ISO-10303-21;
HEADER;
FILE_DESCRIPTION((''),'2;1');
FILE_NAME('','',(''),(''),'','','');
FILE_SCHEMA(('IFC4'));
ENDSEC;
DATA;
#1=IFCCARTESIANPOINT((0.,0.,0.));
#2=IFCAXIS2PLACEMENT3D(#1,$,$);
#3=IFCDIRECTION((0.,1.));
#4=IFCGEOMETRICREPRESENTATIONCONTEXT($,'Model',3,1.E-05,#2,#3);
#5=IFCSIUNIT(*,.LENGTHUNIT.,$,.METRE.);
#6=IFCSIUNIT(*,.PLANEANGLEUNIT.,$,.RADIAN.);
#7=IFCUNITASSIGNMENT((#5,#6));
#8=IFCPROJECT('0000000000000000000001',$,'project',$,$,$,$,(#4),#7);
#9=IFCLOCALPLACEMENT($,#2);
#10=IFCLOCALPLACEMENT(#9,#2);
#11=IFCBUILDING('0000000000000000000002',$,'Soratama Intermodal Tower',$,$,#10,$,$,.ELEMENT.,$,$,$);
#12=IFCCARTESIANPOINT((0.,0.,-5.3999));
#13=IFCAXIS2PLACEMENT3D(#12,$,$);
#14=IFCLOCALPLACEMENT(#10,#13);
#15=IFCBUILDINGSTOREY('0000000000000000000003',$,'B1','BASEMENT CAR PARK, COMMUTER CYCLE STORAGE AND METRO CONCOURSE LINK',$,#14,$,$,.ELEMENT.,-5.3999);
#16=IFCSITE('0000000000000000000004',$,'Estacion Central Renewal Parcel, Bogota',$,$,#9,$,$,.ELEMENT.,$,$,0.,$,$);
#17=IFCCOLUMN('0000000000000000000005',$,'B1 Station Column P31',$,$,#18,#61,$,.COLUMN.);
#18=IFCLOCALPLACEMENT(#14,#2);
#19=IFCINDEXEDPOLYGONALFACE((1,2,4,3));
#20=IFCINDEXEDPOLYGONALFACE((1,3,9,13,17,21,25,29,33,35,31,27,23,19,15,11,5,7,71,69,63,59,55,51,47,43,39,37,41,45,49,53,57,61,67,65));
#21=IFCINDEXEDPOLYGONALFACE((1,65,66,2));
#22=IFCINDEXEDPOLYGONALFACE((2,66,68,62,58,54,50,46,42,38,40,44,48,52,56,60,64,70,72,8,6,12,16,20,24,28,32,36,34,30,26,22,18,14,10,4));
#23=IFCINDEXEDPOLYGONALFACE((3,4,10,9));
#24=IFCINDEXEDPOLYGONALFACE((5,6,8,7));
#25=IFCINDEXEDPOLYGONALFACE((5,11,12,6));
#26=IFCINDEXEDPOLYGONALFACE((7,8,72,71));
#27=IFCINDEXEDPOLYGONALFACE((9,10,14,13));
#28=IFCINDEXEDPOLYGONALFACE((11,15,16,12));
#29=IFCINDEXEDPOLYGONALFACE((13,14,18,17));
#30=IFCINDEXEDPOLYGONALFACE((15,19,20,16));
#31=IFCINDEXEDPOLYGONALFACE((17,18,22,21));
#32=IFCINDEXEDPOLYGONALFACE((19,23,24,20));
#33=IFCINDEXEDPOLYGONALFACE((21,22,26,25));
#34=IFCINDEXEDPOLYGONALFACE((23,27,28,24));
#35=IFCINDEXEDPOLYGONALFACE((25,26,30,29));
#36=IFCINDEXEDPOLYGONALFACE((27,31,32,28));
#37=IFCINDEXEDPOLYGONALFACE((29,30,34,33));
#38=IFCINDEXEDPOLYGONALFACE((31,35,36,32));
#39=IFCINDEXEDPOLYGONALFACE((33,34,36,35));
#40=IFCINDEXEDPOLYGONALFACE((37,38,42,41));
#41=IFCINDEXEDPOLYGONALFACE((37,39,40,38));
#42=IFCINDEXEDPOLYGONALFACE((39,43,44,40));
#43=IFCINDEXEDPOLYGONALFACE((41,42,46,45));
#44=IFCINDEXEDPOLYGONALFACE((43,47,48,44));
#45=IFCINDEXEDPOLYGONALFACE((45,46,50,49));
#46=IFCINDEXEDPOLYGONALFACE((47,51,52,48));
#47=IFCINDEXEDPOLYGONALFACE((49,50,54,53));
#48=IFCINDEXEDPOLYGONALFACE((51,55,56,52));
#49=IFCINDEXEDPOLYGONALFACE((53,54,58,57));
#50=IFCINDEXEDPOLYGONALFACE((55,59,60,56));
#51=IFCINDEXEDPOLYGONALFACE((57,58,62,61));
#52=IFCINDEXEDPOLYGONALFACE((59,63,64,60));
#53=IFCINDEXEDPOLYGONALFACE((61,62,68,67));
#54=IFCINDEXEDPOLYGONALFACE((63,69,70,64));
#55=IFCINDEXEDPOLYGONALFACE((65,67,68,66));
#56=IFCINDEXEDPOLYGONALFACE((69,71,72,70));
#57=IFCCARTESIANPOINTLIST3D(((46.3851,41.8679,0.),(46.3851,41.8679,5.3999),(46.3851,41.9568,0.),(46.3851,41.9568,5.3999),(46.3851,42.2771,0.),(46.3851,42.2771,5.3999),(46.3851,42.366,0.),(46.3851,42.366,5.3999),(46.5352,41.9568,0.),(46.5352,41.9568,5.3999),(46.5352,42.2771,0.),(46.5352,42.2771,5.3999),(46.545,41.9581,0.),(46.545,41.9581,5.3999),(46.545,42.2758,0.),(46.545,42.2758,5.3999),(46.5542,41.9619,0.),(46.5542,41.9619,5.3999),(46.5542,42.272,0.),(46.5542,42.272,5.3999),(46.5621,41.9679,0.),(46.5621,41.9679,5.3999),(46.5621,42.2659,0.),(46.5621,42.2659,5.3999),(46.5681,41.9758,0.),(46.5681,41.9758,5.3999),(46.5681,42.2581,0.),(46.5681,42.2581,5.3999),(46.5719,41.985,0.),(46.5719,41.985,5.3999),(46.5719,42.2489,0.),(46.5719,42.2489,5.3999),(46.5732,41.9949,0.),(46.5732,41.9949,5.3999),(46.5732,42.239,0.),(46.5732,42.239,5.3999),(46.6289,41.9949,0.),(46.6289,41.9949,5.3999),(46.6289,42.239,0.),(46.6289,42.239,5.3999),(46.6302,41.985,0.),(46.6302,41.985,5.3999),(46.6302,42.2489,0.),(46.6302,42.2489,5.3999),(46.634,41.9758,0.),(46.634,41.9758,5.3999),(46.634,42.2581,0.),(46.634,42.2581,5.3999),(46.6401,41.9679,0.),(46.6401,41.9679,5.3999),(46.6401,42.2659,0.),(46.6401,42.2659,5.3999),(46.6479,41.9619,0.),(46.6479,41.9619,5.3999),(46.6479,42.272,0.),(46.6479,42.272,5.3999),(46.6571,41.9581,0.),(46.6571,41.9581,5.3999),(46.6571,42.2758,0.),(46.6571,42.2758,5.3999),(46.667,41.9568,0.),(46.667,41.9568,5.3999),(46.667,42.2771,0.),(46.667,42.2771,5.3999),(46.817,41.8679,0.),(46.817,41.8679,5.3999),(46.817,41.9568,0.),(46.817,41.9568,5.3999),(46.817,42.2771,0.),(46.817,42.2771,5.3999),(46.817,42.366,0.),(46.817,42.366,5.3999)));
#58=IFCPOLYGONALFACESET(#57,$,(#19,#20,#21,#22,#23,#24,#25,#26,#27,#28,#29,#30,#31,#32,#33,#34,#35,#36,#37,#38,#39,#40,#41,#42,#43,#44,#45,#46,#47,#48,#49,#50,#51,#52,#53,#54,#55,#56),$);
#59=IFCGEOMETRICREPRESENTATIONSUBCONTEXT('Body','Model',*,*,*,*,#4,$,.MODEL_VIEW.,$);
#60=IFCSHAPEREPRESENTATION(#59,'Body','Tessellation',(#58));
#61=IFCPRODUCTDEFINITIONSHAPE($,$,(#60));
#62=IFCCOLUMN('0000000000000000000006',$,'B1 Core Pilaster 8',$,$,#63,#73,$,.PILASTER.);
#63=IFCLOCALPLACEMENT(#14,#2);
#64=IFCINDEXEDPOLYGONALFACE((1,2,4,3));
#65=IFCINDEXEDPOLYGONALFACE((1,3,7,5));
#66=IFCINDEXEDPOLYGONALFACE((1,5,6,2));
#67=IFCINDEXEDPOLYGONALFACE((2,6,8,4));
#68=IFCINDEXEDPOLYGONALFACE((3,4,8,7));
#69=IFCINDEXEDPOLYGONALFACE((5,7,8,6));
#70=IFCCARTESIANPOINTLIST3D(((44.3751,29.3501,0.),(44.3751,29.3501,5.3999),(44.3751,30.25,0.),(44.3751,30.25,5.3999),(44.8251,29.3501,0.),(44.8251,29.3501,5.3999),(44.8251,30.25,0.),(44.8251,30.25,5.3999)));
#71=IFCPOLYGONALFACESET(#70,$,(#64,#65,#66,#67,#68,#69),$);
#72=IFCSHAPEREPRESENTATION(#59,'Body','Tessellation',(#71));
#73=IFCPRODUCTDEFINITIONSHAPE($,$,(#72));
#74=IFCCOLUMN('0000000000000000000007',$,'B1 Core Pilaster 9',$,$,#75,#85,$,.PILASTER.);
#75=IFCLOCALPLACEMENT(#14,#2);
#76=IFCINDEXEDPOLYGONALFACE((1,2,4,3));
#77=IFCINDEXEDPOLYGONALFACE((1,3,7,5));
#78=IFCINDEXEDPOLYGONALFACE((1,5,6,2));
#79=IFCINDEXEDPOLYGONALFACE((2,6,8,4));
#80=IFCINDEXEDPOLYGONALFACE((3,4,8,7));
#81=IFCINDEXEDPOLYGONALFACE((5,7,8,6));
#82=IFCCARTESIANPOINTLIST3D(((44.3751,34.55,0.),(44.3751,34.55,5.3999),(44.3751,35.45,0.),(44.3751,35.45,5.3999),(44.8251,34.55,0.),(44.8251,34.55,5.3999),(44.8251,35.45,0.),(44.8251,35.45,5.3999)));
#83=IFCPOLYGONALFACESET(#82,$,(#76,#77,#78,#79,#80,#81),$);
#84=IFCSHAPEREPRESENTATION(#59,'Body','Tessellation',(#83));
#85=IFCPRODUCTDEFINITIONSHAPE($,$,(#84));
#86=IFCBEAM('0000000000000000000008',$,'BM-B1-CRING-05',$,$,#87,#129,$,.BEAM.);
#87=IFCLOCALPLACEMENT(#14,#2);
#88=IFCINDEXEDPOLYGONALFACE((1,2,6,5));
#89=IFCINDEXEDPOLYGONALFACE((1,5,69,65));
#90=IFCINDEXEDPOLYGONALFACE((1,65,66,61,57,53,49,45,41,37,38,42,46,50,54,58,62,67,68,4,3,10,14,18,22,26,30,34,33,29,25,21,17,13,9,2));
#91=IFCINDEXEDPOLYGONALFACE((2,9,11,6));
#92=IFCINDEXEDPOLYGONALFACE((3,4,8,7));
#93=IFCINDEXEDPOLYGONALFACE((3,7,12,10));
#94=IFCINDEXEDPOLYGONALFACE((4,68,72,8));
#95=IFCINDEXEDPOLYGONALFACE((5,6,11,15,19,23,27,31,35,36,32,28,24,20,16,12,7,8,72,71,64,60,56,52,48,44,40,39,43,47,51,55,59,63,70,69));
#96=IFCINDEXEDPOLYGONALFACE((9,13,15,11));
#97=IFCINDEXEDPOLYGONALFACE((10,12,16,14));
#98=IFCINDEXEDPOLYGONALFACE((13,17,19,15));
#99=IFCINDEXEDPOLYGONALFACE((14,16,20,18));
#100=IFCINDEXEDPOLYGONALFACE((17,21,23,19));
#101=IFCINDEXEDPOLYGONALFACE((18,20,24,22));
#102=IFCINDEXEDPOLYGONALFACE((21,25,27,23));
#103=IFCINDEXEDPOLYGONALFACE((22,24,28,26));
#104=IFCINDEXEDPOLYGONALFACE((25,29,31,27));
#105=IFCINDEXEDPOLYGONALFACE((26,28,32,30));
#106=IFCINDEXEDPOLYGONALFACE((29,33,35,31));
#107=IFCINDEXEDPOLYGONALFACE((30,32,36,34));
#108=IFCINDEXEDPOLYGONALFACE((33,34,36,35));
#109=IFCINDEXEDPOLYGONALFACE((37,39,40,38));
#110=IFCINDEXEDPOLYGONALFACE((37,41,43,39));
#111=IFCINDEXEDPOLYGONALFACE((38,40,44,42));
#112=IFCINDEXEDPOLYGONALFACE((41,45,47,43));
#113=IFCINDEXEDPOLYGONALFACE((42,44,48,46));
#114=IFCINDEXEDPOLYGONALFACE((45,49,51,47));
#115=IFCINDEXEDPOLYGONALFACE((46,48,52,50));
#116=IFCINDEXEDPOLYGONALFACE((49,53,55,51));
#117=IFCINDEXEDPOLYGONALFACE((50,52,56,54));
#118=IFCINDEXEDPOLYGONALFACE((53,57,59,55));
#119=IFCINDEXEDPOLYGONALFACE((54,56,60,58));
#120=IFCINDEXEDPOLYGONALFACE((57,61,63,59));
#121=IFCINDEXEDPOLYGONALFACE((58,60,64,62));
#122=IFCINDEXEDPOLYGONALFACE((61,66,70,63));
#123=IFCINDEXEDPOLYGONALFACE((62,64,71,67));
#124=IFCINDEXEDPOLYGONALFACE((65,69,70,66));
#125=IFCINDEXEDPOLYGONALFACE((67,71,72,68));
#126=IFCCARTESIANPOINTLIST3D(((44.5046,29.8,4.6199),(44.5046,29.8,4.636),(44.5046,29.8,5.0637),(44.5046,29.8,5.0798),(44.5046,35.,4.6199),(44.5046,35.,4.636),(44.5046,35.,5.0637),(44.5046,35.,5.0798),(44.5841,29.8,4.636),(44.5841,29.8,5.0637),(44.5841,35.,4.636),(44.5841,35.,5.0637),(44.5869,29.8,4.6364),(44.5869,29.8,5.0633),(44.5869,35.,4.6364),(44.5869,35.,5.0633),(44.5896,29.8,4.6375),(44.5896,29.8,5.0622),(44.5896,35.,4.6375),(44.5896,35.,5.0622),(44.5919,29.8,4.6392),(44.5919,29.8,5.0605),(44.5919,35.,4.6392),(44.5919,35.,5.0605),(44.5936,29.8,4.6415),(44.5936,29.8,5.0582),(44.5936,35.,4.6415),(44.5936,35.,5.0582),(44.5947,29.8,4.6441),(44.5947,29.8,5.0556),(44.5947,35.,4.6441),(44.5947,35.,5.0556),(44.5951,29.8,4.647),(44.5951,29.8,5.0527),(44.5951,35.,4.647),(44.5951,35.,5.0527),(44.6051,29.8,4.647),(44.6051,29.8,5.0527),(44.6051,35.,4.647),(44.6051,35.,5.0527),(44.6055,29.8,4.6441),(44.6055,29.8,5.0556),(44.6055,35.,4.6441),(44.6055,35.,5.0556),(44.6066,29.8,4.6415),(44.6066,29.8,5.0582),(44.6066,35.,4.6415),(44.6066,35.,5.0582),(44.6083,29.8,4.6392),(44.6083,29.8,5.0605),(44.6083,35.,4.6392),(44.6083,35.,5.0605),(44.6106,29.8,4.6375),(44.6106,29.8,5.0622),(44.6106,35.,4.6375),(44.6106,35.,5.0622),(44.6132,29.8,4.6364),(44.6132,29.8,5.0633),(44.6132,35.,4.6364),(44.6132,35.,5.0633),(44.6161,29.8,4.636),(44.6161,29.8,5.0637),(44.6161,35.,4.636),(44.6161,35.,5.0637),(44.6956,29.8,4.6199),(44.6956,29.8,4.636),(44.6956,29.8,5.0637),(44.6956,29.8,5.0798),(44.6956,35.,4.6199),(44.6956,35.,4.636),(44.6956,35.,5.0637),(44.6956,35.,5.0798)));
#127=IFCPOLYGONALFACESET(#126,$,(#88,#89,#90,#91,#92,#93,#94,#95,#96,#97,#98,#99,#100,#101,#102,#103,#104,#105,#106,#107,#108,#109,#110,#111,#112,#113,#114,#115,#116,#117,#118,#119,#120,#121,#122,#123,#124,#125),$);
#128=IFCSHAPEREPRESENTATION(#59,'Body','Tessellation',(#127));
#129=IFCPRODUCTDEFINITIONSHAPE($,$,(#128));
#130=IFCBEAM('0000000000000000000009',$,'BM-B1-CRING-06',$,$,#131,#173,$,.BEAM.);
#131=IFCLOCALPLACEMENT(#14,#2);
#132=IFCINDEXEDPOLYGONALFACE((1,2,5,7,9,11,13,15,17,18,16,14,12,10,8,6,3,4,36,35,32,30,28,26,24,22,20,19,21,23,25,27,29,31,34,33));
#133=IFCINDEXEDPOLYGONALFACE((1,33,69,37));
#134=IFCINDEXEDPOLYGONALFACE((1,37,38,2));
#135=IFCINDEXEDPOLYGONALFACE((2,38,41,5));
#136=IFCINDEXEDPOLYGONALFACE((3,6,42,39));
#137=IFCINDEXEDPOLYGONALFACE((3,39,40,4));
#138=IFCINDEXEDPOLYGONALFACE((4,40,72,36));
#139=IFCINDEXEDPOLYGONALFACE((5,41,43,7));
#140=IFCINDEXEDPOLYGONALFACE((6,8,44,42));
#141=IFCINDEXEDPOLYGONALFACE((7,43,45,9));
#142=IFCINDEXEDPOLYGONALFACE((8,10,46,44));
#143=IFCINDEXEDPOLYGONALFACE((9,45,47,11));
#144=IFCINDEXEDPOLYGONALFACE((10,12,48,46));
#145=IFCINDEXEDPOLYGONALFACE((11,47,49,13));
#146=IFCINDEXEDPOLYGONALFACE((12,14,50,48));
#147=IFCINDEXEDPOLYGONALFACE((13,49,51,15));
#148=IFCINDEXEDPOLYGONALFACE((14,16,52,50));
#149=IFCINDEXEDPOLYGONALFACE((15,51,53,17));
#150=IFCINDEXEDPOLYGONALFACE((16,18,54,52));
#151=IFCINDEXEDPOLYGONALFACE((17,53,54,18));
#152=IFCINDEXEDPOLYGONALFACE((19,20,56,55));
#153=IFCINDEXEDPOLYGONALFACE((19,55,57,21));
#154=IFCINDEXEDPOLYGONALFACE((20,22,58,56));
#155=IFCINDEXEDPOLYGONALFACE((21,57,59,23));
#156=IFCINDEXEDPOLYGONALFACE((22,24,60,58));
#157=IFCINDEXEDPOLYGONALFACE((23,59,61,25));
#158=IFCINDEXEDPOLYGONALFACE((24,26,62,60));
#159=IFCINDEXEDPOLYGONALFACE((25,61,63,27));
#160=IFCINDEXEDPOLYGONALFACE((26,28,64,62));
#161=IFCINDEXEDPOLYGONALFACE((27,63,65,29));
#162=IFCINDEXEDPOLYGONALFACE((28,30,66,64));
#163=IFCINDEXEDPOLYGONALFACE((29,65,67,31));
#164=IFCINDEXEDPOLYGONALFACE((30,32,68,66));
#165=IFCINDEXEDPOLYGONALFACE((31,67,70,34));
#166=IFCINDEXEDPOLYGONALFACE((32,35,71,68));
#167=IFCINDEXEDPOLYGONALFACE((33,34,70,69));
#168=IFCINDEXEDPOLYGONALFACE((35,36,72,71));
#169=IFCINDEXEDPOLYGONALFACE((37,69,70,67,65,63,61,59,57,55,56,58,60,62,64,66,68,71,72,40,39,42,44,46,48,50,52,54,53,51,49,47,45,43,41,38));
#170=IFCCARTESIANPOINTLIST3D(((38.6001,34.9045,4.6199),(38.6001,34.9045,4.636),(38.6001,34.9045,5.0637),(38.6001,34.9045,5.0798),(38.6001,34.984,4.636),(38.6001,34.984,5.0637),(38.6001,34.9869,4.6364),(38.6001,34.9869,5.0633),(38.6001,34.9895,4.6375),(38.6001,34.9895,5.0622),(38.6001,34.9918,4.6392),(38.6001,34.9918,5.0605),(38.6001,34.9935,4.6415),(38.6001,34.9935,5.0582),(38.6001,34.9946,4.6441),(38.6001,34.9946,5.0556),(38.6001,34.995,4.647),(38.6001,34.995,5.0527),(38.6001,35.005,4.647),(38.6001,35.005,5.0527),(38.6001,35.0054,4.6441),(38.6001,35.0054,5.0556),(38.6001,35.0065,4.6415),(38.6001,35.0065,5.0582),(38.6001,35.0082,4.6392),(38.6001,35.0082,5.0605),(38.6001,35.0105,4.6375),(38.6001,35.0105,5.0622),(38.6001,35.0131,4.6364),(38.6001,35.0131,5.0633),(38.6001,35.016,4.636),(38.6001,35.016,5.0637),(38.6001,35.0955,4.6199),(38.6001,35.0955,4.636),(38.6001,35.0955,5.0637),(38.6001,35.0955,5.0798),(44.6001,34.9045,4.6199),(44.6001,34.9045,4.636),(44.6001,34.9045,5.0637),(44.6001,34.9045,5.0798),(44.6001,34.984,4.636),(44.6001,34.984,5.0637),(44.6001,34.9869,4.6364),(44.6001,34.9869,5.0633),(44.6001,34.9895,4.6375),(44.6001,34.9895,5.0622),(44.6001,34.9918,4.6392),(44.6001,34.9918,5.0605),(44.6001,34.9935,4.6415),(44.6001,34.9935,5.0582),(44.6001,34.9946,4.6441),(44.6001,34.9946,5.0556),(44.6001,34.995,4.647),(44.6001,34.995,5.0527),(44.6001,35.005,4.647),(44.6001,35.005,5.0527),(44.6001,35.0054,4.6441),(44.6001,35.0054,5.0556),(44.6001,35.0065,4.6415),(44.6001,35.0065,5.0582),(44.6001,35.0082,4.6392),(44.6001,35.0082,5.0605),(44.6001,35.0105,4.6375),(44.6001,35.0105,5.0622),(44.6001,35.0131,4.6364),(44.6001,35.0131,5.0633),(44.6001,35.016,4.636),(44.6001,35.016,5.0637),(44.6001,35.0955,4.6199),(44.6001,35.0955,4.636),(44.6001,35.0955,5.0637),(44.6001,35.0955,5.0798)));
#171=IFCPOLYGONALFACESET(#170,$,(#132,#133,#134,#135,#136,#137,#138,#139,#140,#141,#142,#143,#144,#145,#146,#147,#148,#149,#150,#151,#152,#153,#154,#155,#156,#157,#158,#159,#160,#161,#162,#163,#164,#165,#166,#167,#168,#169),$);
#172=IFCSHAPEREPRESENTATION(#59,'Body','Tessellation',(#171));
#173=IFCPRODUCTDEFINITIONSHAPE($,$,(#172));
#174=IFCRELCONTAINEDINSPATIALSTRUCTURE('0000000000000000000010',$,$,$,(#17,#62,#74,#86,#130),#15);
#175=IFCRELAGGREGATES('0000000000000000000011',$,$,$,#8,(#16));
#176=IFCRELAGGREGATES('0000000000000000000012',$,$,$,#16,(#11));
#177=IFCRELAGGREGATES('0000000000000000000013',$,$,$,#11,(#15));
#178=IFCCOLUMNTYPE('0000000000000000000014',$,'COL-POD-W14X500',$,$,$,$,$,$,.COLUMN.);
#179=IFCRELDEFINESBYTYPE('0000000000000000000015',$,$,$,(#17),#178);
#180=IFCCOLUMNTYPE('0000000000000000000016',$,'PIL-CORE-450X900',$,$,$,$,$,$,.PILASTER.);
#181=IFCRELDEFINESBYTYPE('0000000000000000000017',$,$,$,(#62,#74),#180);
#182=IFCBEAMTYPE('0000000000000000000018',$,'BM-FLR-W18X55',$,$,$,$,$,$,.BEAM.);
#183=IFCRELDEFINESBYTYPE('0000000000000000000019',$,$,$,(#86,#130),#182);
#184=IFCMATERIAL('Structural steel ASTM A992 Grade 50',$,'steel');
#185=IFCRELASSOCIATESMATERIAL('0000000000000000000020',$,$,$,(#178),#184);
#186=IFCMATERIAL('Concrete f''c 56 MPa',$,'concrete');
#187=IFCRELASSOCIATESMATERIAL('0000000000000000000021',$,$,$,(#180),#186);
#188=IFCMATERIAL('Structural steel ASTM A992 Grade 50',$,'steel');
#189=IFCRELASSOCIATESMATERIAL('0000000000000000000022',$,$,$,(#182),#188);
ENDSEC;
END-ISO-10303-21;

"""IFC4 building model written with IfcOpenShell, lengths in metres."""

from ifc_helpers import new_model, si_unit, direction, frame, origin, origin_2d, place, context, subcontext, project, spatial, rectangle, i_section, extrude, material, material_profile, profile_set, type_object, element, save


model = new_model("IFC4")

# Units and contexts
model_context = context("Model", 3, precision=1e-05, world=origin(), true_north=direction((0.0, 1.0)))
body_context = subcontext(model_context, "Body", "Model", "MODEL_VIEW")
ifc_project = project(units=[si_unit("LENGTHUNIT", "METRE"), si_unit("PLANEANGLEUNIT", "RADIAN")], contexts=[model_context])

# Site, building, storey
site_placement = place(None, origin())
site = spatial("IfcSite", under=ifc_project, at=site_placement, Name="Estacion Central Renewal Parcel, Bogota", CompositionType="ELEMENT", RefElevation=0.0)
building_placement = place(site_placement, origin())
building = spatial("IfcBuilding", under=site, at=building_placement, Name="Soratama Intermodal Tower", CompositionType="ELEMENT")
storey_placement = place(building_placement, frame((0.0, 0.0, -5.3999)))
storey = spatial("IfcBuildingStorey", under=building, at=storey_placement, Name="B1", Description="BASEMENT CAR PARK, COMMUTER CYCLE STORAGE AND METRO CONCOURSE LINK", CompositionType="ELEMENT", Elevation=-5.3999)

# Columns
ifc_material_1 = material(Name="Structural steel ASTM A992 Grade 50", Category="steel")
ifc_material_profile_1 = material_profile(ifc_material_1, i_section(OverallWidth=0.4319, OverallDepth=0.498, WebThickness=0.0557, FlangeThickness=0.0889, FilletRadius=0.0381, at=origin_2d()), Name="W14X500")
ifc_profile_set_1 = profile_set([ifc_material_profile_1], Name="Structural steel ASTM A992 Grade 50")
column_type_1 = type_object("IfcColumnType", Name="COL-POD-W14X500", PredefinedType="COLUMN", material=ifc_profile_set_1)
for number, where, z_axis, x_axis, name in (
    (1, (46.6011, 42.1169, 0.0), (0.0, 0.0, 1.0), (1.0, 0.0, 0.0), "B1 Station Column P31"),
):
    element("IfcColumn", number, at=place(storey_placement, frame(where, z_axis=z_axis, x_axis=x_axis)), inside=storey, type_object=column_type_1, Name=name, PredefinedType="COLUMN", context=body_context, shape_type="SweptSolid", body=[
        extrude(i_section(OverallWidth=0.4319, OverallDepth=0.498, WebThickness=0.0557, FlangeThickness=0.0889, FilletRadius=0.0381, at=origin_2d()), origin(), (0.0, 0.0, 1.0), 5.3999),
    ])
ifc_material_2 = material(Name="Concrete f'c 56 MPa", Category="concrete")
ifc_material_profile_2 = material_profile(ifc_material_2, rectangle(XDim=0.45, YDim=0.8999, at=origin_2d()), Name="RC450X900")
ifc_profile_set_2 = profile_set([ifc_material_profile_2], Name="Concrete f'c 56 MPa")
column_type_2 = type_object("IfcColumnType", Name="PIL-CORE-450X900", PredefinedType="PILASTER", material=ifc_profile_set_2)
for number, where, z_axis, x_axis, name in (
    (2, (44.6001, 29.8, 0.0), (0.0, 0.0, 1.0), (1.0, 0.0, 0.0), "B1 Core Pilaster 8"),
    (3, (44.6001, 35.0, 0.0), (0.0, 0.0, 1.0), (1.0, 0.0, 0.0), "B1 Core Pilaster 9"),
):
    element("IfcColumn", number, at=place(storey_placement, frame(where, z_axis=z_axis, x_axis=x_axis)), inside=storey, type_object=column_type_2, Name=name, PredefinedType="PILASTER", context=body_context, shape_type="SweptSolid", body=[
        extrude(rectangle(XDim=0.45, YDim=0.8999, at=origin_2d()), origin(), (0.0, 0.0, 1.0), 5.3999),
    ])

# Beams
ifc_material_3 = material(Name="Structural steel ASTM A992 Grade 50", Category="steel")
ifc_material_profile_3 = material_profile(ifc_material_3, i_section(OverallWidth=0.1909, OverallDepth=0.46, WebThickness=0.01, FlangeThickness=0.0161, FilletRadius=0.011, at=origin_2d()), Name="W18X55")
ifc_profile_set_3 = profile_set([ifc_material_profile_3], Name="Structural steel ASTM A992 Grade 50")
beam_type_1 = type_object("IfcBeamType", Name="BM-FLR-W18X55", PredefinedType="BEAM", material=ifc_profile_set_3)
beam_1_placement = place(storey_placement, frame((44.6001, 29.8, 4.8499), z_axis=(0.0, 1.0, 0.0), x_axis=(-1.0, 0.0, 0.0)))
element("IfcBeam", 4, at=beam_1_placement, inside=storey, type_object=beam_type_1, Name="BM-B1-CRING-05", PredefinedType="BEAM", context=body_context, shape_type="SweptSolid", body=[
    extrude(i_section(OverallWidth=0.1909, OverallDepth=0.46, WebThickness=0.01, FlangeThickness=0.0161, FilletRadius=0.011, at=origin_2d()), origin(), (0.0, 0.0, 1.0), 5.2),
])
beam_2_placement = place(storey_placement, frame((44.6001, 35.0, 4.8499), z_axis=(-1.0, 0.0, 0.0), x_axis=(0.0, -1.0, 0.0)))
element("IfcBeam", 5, at=beam_2_placement, inside=storey, type_object=beam_type_1, Name="BM-B1-CRING-06", PredefinedType="BEAM", context=body_context, shape_type="SweptSolid", body=[
    extrude(i_section(OverallWidth=0.1909, OverallDepth=0.46, WebThickness=0.01, FlangeThickness=0.0161, FilletRadius=0.011, at=origin_2d()), origin(), (0.0, 0.0, 1.0), 6.0),
])

save(model, "model.ifc")
